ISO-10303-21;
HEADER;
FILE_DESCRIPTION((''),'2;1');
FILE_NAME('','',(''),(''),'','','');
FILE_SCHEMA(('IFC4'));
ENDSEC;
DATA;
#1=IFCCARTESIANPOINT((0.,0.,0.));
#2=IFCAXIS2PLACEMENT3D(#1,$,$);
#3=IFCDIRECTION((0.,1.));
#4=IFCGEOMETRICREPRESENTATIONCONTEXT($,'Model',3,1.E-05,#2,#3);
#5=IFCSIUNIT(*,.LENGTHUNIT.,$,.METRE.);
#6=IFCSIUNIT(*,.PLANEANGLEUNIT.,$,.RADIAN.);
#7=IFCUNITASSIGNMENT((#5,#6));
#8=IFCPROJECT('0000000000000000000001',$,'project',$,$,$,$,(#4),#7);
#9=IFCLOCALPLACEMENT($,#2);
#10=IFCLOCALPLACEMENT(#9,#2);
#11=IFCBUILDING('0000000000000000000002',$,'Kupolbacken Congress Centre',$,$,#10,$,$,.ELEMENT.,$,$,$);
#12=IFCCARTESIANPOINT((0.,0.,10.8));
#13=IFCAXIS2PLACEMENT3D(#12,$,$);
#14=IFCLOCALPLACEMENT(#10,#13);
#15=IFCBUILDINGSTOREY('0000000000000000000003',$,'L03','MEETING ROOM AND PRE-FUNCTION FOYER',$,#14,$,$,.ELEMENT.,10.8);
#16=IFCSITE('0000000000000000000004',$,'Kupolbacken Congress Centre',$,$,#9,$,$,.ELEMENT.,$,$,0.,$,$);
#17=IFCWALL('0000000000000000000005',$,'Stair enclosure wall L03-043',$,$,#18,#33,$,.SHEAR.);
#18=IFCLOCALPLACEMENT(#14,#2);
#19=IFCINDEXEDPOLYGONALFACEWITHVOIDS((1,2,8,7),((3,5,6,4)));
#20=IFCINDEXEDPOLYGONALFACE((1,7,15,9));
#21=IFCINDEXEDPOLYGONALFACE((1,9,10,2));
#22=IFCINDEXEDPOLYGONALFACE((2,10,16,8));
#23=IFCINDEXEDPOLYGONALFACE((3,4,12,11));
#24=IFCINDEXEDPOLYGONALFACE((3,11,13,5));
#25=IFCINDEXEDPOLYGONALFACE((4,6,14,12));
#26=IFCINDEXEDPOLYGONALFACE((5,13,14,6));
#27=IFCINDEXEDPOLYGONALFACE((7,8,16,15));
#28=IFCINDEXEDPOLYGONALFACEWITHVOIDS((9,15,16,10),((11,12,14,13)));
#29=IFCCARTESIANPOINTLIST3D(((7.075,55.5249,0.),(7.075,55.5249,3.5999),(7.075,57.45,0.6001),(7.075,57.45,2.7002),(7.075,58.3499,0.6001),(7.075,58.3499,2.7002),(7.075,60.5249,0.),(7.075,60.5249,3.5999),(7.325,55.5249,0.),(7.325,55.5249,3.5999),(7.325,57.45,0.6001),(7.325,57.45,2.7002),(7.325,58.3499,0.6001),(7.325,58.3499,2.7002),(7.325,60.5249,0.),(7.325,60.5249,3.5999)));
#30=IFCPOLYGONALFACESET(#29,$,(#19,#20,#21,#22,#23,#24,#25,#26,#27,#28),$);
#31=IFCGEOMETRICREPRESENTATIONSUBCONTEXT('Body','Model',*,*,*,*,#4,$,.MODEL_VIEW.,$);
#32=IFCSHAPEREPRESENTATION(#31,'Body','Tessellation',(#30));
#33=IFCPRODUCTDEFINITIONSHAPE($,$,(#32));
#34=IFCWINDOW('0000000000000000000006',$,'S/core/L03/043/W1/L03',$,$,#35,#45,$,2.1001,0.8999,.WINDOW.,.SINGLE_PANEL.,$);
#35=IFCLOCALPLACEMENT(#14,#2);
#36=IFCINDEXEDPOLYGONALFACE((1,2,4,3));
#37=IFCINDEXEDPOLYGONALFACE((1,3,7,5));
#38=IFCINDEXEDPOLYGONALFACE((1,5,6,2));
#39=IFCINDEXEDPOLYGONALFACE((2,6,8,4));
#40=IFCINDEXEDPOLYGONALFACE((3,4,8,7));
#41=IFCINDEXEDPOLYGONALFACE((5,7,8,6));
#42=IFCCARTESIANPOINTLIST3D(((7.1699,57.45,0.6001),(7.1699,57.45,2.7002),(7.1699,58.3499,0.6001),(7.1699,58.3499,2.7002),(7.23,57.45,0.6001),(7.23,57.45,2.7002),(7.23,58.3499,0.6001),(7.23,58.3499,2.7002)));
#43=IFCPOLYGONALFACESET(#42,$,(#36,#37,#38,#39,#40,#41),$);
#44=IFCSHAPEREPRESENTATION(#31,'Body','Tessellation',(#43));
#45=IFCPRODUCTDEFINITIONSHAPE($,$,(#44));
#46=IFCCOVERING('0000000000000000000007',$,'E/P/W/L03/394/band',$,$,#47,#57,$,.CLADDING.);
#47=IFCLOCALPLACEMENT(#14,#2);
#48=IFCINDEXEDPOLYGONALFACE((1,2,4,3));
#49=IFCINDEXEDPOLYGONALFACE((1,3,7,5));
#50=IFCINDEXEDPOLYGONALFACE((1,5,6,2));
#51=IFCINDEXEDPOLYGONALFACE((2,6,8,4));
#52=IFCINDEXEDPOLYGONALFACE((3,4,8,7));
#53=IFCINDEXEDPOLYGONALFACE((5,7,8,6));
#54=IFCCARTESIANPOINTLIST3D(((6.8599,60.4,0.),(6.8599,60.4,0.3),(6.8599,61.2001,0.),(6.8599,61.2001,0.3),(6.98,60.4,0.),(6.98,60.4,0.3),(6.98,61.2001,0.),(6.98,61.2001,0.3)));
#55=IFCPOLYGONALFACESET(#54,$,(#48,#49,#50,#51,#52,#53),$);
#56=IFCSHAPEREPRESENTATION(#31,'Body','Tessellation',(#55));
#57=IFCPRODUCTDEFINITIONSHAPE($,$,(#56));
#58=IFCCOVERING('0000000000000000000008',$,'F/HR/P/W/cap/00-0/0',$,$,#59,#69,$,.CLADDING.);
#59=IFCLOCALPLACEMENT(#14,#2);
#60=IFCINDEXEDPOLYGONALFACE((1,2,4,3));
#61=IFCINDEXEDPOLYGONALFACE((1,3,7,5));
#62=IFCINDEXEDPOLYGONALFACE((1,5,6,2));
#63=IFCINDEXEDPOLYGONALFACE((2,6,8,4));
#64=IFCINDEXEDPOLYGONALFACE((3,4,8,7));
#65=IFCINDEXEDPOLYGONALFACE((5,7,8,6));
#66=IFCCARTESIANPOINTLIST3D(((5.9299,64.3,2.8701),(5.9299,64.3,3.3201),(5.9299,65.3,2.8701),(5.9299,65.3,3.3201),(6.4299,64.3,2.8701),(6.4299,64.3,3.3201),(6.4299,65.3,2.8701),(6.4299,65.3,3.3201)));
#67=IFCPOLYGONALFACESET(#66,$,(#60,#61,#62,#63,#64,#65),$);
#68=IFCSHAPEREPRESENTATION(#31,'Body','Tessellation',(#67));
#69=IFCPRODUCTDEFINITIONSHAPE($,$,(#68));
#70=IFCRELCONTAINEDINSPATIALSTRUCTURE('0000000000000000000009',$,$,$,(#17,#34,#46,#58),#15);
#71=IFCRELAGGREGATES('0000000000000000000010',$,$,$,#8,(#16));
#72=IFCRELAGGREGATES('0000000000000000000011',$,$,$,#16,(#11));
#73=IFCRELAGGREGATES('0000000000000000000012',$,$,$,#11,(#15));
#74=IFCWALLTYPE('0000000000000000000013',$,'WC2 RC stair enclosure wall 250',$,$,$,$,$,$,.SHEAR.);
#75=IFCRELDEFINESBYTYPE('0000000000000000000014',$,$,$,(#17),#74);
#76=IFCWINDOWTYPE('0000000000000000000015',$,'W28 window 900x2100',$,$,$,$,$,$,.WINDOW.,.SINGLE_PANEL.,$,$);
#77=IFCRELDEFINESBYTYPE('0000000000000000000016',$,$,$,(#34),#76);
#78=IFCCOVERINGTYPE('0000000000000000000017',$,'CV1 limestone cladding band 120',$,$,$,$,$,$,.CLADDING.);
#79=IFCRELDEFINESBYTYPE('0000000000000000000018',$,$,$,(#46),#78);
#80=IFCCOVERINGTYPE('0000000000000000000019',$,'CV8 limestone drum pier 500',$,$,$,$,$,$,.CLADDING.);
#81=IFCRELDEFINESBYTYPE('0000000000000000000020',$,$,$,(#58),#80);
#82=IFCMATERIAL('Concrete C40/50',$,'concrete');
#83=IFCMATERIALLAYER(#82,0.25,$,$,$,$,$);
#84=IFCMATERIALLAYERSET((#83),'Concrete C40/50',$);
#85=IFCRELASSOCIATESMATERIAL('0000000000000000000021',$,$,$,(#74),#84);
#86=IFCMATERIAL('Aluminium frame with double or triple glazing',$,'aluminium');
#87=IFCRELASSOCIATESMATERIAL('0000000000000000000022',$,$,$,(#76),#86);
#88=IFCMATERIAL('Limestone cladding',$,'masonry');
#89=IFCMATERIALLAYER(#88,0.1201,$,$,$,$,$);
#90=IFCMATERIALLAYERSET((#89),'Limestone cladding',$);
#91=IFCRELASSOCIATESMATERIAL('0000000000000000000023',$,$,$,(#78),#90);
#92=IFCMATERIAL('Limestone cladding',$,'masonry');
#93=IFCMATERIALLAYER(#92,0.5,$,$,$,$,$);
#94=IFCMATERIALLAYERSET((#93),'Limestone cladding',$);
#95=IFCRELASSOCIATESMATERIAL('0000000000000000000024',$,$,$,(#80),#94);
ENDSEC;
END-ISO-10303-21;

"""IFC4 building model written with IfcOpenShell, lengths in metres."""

from ifc_helpers import new_model, si_unit, direction, frame, frame_2d, origin, origin_2d, place, context, subcontext, project, spatial, rectangle, extrude, material, layer, layer_set, type_object, element, fill, save


model = new_model("IFC4")

# Units and contexts
model_context = context("Model", 3, precision=1e-05, world=origin(), true_north=direction((0.0, 1.0)))
body_context = subcontext(model_context, "Body", "Model", "MODEL_VIEW")
ifc_project = project(units=[si_unit("LENGTHUNIT", "METRE"), si_unit("PLANEANGLEUNIT", "RADIAN")], contexts=[model_context])

# Site, building, storey
site_placement = place(None, origin())
site = spatial("IfcSite", under=ifc_project, at=site_placement, Name="Kupolbacken Congress Centre", CompositionType="ELEMENT", RefElevation=0.0)
building_placement = place(site_placement, origin())
building = spatial("IfcBuilding", under=site, at=building_placement, Name="Kupolbacken Congress Centre", CompositionType="ELEMENT")
storey_placement = place(building_placement, frame((0.0, 0.0, 10.8)))
storey = spatial("IfcBuildingStorey", under=building, at=storey_placement, Name="L03", Description="MEETING ROOM AND PRE-FUNCTION FOYER", CompositionType="ELEMENT", Elevation=10.8)

# Wall, opening, window
ifc_material_1 = material(Name="Concrete C40/50", Category="concrete")
ifc_layer_1 = layer(ifc_material_1, 0.25)
ifc_layer_set_1 = layer_set([ifc_layer_1], Name="Concrete C40/50")
wall_type_1 = type_object("IfcWallType", Name="WC2 RC stair enclosure wall 250", PredefinedType="SHEAR", material=ifc_layer_set_1)
wall_1_placement = place(storey_placement, frame((7.2, 60.5249, 0.0), z_axis=(0.0, 0.0, 1.0), x_axis=(0.0, -1.0, 0.0)))
wall_1 = element("IfcWall", 1, at=wall_1_placement, inside=storey, type_object=wall_type_1, Name="Stair enclosure wall L03-043", PredefinedType="SHEAR", context=body_context, shape_type="SweptSolid", body=[
    extrude(rectangle(XDim=5.0, YDim=0.25, at=frame_2d((2.5, 0.0))), origin(), (0.0, 0.0, 1.0), 3.5999),
])
opening_placement = place(wall_1_placement, frame((2.175, 0.0, 0.6001)))
opening = element("IfcOpeningElement", 2, at=opening_placement, cuts=wall_1, PredefinedType="OPENING", context=body_context, shape_type="SweptSolid", body=[
    extrude(rectangle(XDim=0.8999, YDim=2.1001, at=frame_2d((0.45, 1.05))), frame((0.0, 0.135, 0.0), z_axis=(0.0, -1.0, 0.0), x_axis=(1.0, 0.0, 0.0)), (0.0, 0.0, 1.0), 0.27),
])
ifc_material_2 = material(Name="Aluminium frame with double or triple glazing", Category="aluminium")
window_type = type_object("IfcWindowType", Name="W28 window 900x2100", PartitioningType="SINGLE_PANEL", PredefinedType="WINDOW", material=ifc_material_2)
window_placement = place(opening_placement, origin())
window = element("IfcWindow", 3, at=window_placement, inside=storey, type_object=window_type, Name="S/core/L03/043/W1/L03", OverallHeight=2.1001, OverallWidth=0.8999, PartitioningType="SINGLE_PANEL", PredefinedType="WINDOW", context=body_context, shape_type="SweptSolid", body=[
    extrude(rectangle(XDim=0.8999, YDim=2.1001, at=frame_2d((0.45, 1.05))), frame((0.0, 0.03, 0.0), z_axis=(0.0, -1.0, 0.0), x_axis=(1.0, 0.0, 0.0)), (0.0, 0.0, 1.0), 0.0601),
])
fill(opening, window)

# Coverings
ifc_material_3 = material(Name="Limestone cladding", Category="masonry")
ifc_layer_2 = layer(ifc_material_3, 0.1201)
ifc_layer_set_2 = layer_set([ifc_layer_2], Name="Limestone cladding")
covering_type_1 = type_object("IfcCoveringType", Name="CV1 limestone cladding band 120", PredefinedType="CLADDING", material=ifc_layer_set_2)
covering_1_placement = place(storey_placement, frame((6.9199, 60.8, 0.0), z_axis=(0.0, 0.0, 1.0), x_axis=(0.0, -1.0, 0.0)))
element("IfcCovering", 4, at=covering_1_placement, inside=storey, type_object=covering_type_1, Name="E/P/W/L03/394/band", PredefinedType="CLADDING", context=body_context, shape_type="SweptSolid", body=[
    extrude(rectangle(XDim=0.8, YDim=0.1201, at=origin_2d()), origin(), (0.0, 0.0, 1.0), 0.3),
])
ifc_material_4 = material(Name="Limestone cladding", Category="masonry")
ifc_layer_3 = layer(ifc_material_4, 0.5)
ifc_layer_set_3 = layer_set([ifc_layer_3], Name="Limestone cladding")
covering_type_2 = type_object("IfcCoveringType", Name="CV8 limestone drum pier 500", PredefinedType="CLADDING", material=ifc_layer_set_3)
covering_2_placement = place(storey_placement, frame((6.1799, 64.8, 2.8701), z_axis=(0.0, 0.0, 1.0), x_axis=(0.0, 1.0, 0.0)))
element("IfcCovering", 5, at=covering_2_placement, inside=storey, type_object=covering_type_2, Name="F/HR/P/W/cap/00-0/0", PredefinedType="CLADDING", context=body_context, shape_type="SweptSolid", body=[
    extrude(rectangle(XDim=1.0, YDim=0.5, at=origin_2d()), origin(), (0.0, 0.0, 1.0), 0.45),
])

save(model, "model.ifc")
